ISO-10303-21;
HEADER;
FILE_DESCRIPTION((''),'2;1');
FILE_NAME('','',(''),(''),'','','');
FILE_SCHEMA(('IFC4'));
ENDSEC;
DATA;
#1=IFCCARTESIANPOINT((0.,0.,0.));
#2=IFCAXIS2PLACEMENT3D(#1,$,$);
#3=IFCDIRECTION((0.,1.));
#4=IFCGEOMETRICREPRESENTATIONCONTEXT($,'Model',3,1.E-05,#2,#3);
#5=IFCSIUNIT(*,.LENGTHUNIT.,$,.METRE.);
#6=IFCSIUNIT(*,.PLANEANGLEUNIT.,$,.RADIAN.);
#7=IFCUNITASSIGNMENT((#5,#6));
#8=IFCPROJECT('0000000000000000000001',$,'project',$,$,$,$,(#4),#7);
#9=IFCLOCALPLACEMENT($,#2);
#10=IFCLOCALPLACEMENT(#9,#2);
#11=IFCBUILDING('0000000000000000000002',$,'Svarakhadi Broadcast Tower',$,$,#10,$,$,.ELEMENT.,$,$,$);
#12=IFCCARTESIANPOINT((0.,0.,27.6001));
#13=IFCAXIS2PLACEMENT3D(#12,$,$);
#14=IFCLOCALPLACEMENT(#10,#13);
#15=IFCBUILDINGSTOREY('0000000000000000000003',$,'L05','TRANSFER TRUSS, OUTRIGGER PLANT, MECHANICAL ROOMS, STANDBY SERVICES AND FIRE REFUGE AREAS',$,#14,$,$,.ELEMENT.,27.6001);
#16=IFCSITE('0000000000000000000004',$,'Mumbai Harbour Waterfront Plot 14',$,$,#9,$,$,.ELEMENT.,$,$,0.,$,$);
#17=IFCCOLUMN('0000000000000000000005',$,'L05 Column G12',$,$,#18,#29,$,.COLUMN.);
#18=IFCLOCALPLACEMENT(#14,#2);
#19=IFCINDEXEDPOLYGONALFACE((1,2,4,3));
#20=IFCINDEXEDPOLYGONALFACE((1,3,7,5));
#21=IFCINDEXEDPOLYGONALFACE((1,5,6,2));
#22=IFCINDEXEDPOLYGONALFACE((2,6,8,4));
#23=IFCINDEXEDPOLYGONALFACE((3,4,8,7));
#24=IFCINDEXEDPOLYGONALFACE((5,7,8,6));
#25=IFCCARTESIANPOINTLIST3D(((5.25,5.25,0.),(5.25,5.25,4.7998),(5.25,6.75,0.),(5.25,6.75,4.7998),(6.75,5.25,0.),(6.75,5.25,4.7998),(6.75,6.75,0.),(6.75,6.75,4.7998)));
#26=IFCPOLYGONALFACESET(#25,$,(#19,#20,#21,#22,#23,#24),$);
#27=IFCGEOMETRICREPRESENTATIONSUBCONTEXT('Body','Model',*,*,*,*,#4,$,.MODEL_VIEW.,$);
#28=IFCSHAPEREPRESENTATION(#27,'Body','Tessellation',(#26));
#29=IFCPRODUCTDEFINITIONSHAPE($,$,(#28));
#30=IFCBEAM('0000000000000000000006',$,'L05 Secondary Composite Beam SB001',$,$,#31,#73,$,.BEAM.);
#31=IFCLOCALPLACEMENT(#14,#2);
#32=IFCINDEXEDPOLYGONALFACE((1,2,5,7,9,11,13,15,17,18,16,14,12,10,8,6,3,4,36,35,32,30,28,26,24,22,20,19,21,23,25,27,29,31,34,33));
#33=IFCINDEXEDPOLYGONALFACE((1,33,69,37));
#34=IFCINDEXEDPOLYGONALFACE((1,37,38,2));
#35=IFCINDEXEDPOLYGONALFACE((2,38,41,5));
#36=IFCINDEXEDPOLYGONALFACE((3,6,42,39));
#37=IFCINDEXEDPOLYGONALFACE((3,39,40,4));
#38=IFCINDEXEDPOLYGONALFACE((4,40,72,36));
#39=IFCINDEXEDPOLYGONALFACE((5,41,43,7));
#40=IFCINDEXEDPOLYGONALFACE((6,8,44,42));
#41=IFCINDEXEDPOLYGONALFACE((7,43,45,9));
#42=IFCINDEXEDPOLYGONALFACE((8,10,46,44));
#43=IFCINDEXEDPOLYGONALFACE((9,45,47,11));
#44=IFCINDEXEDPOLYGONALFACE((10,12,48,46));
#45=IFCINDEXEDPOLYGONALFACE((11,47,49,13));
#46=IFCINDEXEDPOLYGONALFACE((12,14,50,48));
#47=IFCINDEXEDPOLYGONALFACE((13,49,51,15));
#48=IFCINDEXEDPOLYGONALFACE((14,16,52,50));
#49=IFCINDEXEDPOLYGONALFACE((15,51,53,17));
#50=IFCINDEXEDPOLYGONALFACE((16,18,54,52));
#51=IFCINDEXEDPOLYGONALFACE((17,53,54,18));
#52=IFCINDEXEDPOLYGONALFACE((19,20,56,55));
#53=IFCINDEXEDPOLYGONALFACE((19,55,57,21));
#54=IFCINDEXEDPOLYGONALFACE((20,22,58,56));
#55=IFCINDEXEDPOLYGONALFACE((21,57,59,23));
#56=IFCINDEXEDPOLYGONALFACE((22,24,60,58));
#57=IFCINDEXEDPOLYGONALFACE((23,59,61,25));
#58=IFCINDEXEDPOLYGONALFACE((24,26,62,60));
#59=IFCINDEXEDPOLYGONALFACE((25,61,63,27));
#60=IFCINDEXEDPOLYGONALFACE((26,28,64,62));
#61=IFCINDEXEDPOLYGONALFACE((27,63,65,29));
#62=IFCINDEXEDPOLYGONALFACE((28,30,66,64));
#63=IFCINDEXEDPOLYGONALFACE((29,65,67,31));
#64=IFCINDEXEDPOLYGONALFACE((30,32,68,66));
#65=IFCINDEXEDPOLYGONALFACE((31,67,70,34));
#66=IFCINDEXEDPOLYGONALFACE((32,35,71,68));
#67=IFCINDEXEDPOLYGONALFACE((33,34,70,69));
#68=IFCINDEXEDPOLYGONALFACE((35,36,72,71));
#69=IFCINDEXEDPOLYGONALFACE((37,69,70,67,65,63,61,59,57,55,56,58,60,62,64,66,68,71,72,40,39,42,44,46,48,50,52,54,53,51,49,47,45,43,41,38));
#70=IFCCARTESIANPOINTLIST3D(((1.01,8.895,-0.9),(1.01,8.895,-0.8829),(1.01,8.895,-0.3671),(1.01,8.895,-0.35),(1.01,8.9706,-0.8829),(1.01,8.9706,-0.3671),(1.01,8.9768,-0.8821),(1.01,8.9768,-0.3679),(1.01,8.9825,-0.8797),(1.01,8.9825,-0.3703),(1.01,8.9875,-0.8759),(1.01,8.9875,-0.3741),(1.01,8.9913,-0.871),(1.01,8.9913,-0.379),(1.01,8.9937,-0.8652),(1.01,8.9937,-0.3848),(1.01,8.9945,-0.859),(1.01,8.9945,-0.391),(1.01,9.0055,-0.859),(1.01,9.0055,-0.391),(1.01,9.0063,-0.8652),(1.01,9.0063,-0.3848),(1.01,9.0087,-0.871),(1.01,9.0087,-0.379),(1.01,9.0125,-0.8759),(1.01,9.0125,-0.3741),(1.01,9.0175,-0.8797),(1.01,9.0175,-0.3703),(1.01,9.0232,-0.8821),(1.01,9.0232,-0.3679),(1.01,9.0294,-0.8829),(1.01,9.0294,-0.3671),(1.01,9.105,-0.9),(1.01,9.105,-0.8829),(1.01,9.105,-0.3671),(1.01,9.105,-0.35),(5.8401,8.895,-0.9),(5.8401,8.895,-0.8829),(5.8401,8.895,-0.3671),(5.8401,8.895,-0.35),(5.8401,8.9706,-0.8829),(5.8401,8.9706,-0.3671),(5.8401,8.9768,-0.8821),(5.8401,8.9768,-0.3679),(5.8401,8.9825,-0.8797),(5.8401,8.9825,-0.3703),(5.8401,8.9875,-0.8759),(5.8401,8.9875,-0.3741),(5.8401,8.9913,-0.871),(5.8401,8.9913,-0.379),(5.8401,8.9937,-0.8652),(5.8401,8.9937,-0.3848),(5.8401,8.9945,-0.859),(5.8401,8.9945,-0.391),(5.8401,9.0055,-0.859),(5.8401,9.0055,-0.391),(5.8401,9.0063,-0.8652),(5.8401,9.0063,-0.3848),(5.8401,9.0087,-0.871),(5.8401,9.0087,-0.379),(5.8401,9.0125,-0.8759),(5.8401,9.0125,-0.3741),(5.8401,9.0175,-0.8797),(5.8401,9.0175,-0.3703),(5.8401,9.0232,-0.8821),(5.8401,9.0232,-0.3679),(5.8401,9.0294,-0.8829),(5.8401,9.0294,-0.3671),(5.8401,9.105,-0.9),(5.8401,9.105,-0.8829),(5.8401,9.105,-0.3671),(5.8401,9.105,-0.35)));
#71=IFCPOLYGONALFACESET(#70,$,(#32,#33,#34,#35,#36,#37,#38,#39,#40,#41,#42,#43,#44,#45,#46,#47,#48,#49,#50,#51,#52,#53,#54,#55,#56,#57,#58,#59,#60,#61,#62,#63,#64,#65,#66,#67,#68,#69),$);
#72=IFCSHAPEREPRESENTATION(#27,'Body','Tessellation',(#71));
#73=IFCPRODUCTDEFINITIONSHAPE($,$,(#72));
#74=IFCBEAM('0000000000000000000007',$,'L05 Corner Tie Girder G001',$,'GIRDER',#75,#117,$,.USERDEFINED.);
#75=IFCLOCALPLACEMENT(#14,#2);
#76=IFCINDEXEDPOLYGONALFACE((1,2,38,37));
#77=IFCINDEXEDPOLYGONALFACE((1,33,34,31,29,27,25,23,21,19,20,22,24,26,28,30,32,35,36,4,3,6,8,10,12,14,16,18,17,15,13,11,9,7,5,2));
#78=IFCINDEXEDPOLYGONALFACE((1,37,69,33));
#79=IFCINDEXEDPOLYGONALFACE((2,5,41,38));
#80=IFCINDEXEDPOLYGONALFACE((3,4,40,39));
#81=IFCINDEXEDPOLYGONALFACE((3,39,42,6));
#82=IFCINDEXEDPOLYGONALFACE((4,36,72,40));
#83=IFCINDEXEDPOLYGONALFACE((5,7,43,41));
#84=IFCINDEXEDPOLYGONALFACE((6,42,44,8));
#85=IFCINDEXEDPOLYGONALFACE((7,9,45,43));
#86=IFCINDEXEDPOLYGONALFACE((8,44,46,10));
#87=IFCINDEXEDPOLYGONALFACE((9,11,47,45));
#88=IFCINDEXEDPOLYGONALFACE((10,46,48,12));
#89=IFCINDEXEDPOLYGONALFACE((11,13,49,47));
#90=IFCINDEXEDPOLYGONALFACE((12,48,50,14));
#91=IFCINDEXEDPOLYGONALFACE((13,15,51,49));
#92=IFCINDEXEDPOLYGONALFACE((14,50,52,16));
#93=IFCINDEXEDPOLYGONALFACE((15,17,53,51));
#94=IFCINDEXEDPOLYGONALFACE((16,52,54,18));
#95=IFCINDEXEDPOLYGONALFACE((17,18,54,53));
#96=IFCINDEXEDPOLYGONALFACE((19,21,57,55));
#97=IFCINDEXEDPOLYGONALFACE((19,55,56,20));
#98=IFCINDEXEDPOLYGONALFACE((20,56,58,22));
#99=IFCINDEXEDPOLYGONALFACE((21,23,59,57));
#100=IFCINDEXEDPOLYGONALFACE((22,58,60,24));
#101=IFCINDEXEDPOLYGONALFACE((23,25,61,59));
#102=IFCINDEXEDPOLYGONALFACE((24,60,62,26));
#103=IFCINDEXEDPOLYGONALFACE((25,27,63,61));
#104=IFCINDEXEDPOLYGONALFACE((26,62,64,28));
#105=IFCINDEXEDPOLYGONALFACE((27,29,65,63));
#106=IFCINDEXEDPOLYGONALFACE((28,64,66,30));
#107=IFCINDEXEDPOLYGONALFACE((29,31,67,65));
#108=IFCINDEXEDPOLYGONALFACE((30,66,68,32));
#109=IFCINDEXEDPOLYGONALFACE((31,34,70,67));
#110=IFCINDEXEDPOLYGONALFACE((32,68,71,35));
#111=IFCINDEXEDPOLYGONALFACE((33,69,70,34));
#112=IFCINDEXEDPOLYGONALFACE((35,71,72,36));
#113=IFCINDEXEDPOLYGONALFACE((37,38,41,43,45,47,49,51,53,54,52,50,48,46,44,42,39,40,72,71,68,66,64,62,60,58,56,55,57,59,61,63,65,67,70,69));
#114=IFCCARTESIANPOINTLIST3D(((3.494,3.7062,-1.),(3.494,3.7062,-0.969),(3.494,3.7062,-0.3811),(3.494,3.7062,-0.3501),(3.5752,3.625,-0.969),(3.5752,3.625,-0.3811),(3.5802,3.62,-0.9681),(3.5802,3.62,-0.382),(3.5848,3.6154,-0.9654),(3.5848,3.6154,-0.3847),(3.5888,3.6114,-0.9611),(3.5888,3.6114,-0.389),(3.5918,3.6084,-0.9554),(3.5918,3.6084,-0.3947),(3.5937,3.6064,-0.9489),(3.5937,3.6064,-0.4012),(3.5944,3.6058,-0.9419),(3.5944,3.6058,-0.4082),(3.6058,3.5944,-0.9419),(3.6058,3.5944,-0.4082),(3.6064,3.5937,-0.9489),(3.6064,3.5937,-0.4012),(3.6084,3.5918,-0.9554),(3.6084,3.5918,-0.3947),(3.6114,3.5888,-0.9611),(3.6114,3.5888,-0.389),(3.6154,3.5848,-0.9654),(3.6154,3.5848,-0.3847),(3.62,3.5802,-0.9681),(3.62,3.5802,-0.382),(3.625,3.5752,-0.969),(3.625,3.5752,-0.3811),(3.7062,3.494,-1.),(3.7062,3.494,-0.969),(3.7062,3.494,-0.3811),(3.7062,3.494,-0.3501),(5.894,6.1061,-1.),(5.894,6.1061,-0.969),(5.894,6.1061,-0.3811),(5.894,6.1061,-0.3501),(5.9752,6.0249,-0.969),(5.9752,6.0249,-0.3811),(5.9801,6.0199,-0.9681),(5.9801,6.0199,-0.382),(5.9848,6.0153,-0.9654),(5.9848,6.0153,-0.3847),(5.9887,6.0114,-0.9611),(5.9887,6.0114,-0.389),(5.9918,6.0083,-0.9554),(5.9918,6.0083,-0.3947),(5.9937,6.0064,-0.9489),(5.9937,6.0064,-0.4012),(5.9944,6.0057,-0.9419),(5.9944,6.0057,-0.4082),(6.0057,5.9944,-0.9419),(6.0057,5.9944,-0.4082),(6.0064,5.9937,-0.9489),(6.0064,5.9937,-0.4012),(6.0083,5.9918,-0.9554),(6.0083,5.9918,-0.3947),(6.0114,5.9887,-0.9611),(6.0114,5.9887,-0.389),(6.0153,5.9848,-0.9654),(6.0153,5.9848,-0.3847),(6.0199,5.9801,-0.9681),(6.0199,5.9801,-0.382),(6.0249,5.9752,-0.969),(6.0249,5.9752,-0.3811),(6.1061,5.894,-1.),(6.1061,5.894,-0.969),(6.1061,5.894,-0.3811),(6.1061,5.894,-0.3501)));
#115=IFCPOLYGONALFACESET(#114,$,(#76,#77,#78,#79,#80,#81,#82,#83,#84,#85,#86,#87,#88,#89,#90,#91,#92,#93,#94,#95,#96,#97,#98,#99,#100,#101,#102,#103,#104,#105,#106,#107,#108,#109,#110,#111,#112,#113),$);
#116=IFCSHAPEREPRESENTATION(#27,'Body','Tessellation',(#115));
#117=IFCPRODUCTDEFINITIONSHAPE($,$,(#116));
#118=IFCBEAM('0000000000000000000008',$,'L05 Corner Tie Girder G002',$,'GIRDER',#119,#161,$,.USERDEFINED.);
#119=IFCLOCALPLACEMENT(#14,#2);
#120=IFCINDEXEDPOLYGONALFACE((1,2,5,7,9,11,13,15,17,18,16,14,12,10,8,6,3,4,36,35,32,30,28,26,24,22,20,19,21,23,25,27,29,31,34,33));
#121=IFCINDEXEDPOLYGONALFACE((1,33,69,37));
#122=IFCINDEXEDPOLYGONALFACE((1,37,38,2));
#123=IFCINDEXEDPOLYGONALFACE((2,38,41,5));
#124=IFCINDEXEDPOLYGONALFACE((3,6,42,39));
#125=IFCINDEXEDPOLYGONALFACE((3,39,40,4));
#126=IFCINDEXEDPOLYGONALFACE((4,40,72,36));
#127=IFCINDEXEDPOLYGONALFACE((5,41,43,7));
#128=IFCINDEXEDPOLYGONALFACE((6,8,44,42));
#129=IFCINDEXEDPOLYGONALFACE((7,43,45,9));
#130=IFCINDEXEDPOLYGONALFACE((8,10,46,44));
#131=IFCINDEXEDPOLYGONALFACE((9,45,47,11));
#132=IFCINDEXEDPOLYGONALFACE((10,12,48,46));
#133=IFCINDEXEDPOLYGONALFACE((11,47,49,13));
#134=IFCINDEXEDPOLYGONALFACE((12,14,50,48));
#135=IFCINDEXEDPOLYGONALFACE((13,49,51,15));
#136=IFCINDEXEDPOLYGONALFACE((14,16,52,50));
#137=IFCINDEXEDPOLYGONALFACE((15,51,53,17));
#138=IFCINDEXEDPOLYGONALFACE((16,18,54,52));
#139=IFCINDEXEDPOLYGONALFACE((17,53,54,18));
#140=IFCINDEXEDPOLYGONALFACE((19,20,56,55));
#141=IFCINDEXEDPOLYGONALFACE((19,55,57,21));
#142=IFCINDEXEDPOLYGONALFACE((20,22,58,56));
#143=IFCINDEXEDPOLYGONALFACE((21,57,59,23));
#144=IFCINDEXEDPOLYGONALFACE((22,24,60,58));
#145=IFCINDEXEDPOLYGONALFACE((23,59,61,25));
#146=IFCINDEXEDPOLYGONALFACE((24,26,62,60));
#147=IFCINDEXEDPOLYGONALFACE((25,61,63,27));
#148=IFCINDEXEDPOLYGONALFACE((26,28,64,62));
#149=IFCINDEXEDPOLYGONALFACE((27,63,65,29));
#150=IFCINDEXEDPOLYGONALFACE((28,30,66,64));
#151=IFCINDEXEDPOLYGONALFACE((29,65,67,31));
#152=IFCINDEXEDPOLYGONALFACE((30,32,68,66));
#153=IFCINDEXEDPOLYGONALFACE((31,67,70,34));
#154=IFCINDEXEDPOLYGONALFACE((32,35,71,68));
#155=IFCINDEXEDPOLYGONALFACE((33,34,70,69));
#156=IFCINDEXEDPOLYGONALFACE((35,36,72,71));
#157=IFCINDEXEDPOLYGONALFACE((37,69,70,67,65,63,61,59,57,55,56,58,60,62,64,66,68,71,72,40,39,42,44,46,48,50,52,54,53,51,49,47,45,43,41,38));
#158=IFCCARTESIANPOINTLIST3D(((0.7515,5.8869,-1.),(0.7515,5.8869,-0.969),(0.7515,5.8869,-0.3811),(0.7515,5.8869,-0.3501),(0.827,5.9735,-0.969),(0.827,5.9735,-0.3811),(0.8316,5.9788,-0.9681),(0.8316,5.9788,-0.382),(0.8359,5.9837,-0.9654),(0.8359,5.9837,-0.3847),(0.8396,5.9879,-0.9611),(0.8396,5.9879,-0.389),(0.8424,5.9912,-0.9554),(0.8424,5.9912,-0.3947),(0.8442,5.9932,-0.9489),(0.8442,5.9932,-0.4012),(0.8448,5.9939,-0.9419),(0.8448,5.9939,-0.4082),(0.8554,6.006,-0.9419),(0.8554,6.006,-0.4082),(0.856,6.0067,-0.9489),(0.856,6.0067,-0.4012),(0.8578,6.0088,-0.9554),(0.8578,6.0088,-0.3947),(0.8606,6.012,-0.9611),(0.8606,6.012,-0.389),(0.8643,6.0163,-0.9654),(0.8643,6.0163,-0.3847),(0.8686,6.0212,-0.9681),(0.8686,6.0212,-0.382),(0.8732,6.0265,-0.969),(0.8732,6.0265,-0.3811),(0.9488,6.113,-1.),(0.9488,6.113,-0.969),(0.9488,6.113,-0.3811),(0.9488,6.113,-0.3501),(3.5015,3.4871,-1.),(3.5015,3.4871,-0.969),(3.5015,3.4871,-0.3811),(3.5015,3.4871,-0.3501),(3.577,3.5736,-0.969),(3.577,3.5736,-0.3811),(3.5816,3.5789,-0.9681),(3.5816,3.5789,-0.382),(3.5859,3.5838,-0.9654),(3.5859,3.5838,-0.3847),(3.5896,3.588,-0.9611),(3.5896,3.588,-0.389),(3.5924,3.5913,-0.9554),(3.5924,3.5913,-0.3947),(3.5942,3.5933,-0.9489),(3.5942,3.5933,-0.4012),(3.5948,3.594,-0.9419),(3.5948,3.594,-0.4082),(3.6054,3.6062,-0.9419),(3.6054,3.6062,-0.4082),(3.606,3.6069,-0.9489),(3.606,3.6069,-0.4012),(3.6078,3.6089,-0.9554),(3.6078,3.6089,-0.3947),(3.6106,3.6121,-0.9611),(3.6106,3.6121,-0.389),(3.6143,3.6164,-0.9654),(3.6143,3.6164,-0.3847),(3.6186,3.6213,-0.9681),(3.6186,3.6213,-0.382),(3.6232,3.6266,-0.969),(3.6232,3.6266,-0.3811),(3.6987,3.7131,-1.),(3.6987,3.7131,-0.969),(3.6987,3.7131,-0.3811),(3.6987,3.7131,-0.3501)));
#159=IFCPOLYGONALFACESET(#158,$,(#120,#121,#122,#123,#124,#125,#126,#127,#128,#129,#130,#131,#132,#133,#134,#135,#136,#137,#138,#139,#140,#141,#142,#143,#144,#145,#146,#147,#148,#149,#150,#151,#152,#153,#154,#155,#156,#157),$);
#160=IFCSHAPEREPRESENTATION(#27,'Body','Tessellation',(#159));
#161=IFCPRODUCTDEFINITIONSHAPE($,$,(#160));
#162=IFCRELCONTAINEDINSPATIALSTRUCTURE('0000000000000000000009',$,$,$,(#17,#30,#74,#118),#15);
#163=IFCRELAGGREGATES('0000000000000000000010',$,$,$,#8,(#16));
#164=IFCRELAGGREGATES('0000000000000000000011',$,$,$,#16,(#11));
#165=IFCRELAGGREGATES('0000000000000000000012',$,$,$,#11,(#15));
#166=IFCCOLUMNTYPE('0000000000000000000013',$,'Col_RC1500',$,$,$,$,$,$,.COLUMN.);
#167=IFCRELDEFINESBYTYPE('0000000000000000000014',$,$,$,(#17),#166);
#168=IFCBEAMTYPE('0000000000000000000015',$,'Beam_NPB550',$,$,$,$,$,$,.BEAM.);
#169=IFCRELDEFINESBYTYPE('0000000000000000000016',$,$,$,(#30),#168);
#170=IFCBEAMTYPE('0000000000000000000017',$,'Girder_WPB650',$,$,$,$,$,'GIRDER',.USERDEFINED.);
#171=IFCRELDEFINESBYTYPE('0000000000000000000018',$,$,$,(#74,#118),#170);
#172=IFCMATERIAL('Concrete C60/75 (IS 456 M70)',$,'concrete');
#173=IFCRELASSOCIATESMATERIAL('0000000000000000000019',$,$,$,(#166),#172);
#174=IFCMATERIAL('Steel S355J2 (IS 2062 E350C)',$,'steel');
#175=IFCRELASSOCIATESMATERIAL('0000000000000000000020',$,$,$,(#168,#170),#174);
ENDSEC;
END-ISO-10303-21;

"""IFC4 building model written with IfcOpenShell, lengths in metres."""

from ifc_helpers import new_model, si_unit, direction, frame, origin, origin_2d, place, context, subcontext, project, spatial, rectangle, i_section, extrude, material, material_profile, profile_set, type_object, element, save


model = new_model("IFC4")

# Units and contexts
model_context = context("Model", 3, precision=1e-05, world=origin(), true_north=direction((0.0, 1.0)))
body_context = subcontext(model_context, "Body", "Model", "MODEL_VIEW")
ifc_project = project(units=[si_unit("LENGTHUNIT", "METRE"), si_unit("PLANEANGLEUNIT", "RADIAN")], contexts=[model_context])

# Site, building, storey
site_placement = place(None, origin())
site = spatial("IfcSite", under=ifc_project, at=site_placement, Name="Mumbai Harbour Waterfront Plot 14", CompositionType="ELEMENT", RefElevation=0.0)
building_placement = place(site_placement, origin())
building = spatial("IfcBuilding", under=site, at=building_placement, Name="Svarakhadi Broadcast Tower", CompositionType="ELEMENT")
storey_placement = place(building_placement, frame((0.0, 0.0, 27.6001)))
storey = spatial("IfcBuildingStorey", under=building, at=storey_placement, Name="L05", Description="TRANSFER TRUSS, OUTRIGGER PLANT, MECHANICAL ROOMS, STANDBY SERVICES AND FIRE REFUGE AREAS", CompositionType="ELEMENT", Elevation=27.6001)

# Column
ifc_material_1 = material(Name="Concrete C60/75 (IS 456 M70)", Category="concrete")
ifc_material_profile_1 = material_profile(ifc_material_1, rectangle(XDim=1.5, YDim=1.5, at=origin_2d()), Name="RC 1500x1500")
ifc_profile_set_1 = profile_set([ifc_material_profile_1], Name="Concrete C60/75 (IS 456 M70)")
column_type_1 = type_object("IfcColumnType", Name="Col_RC1500", PredefinedType="COLUMN", material=ifc_profile_set_1)
column_placement = place(storey_placement, frame((6.0, 6.0, 0.0), z_axis=(0.0, 0.0, 1.0), x_axis=(1.0, 0.0, 0.0)))
element("IfcColumn", 1, at=column_placement, inside=storey, type_object=column_type_1, Name="L05 Column G12", PredefinedType="COLUMN", context=body_context, shape_type="SweptSolid", body=[
    extrude(rectangle(XDim=1.5, YDim=1.5, at=origin_2d()), origin(), (0.0, 0.0, 1.0), 4.7998),
])

# Beams
ifc_material_2 = material(Name="Steel S355J2 (IS 2062 E350C)", Category="steel")
ifc_material_profile_2 = material_profile(ifc_material_2, i_section(OverallWidth=0.21, OverallDepth=0.55, WebThickness=0.011, FlangeThickness=0.0171, FilletRadius=0.0239, at=origin_2d()), Name="NPB 550x210x106")
ifc_profile_set_2 = profile_set([ifc_material_profile_2], Name="Steel S355J2 (IS 2062 E350C)")
beam_type_1 = type_object("IfcBeamType", Name="Beam_NPB550", PredefinedType="BEAM", material=ifc_profile_set_2)
beam_1_placement = place(storey_placement, frame((1.01, 9.0, -0.625), z_axis=(1.0, 0.0, 0.0), x_axis=(0.0, 1.0, 0.0)))
element("IfcBeam", 2, at=beam_1_placement, inside=storey, type_object=beam_type_1, Name="L05 Secondary Composite Beam SB001", PredefinedType="BEAM", context=body_context, shape_type="SweptSolid", body=[
    extrude(i_section(OverallWidth=0.21, OverallDepth=0.55, WebThickness=0.011, FlangeThickness=0.0171, FilletRadius=0.0239, at=origin_2d()), origin(), (0.0, 0.0, 1.0), 4.8301),
])
ifc_material_profile_3 = material_profile(ifc_material_2, i_section(OverallWidth=0.3, OverallDepth=0.6499, WebThickness=0.0161, FlangeThickness=0.031, FilletRadius=0.0271, at=origin_2d()), Name="WPB 650x300x225")
ifc_profile_set_3 = profile_set([ifc_material_profile_3], Name="Steel S355J2 (IS 2062 E350C)")
beam_type_2 = type_object("IfcBeamType", Name="Girder_WPB650", ElementType="GIRDER", PredefinedType="USERDEFINED", material=ifc_profile_set_3)
beam_2_placement = place(storey_placement, frame((3.6001, 3.6001, -0.675), z_axis=(0.707107, 0.707107, 0.0), x_axis=(-0.707107, 0.707107, 0.0)))
element("IfcBeam", 3, at=beam_2_placement, inside=storey, type_object=beam_type_2, Name="L05 Corner Tie Girder G001", ObjectType="GIRDER", PredefinedType="USERDEFINED", context=body_context, shape_type="SweptSolid", body=[
    extrude(i_section(OverallWidth=0.3, OverallDepth=0.6499, WebThickness=0.0161, FlangeThickness=0.031, FilletRadius=0.0271, at=origin_2d()), origin(), (0.0, 0.0, 1.0), 3.394),
])
for number, where, z_axis, x_axis, name in (
    (4, (3.6001, 3.6001, -0.675), (-0.753438, 0.657519, 0.0), (-0.657519, -0.753438, 0.0), "L05 Corner Tie Girder G002"),
):
    element("IfcBeam", number, at=place(storey_placement, frame(where, z_axis=z_axis, x_axis=x_axis)), inside=storey, type_object=beam_type_2, Name=name, ObjectType="GIRDER", PredefinedType="USERDEFINED", context=body_context, shape_type="SweptSolid", body=[
        extrude(i_section(OverallWidth=0.3, OverallDepth=0.6499, WebThickness=0.0161, FlangeThickness=0.031, FilletRadius=0.0271, at=origin_2d()), origin(), (0.0, 0.0, 1.0), 3.6499),
    ])

save(model, "model.ifc")
